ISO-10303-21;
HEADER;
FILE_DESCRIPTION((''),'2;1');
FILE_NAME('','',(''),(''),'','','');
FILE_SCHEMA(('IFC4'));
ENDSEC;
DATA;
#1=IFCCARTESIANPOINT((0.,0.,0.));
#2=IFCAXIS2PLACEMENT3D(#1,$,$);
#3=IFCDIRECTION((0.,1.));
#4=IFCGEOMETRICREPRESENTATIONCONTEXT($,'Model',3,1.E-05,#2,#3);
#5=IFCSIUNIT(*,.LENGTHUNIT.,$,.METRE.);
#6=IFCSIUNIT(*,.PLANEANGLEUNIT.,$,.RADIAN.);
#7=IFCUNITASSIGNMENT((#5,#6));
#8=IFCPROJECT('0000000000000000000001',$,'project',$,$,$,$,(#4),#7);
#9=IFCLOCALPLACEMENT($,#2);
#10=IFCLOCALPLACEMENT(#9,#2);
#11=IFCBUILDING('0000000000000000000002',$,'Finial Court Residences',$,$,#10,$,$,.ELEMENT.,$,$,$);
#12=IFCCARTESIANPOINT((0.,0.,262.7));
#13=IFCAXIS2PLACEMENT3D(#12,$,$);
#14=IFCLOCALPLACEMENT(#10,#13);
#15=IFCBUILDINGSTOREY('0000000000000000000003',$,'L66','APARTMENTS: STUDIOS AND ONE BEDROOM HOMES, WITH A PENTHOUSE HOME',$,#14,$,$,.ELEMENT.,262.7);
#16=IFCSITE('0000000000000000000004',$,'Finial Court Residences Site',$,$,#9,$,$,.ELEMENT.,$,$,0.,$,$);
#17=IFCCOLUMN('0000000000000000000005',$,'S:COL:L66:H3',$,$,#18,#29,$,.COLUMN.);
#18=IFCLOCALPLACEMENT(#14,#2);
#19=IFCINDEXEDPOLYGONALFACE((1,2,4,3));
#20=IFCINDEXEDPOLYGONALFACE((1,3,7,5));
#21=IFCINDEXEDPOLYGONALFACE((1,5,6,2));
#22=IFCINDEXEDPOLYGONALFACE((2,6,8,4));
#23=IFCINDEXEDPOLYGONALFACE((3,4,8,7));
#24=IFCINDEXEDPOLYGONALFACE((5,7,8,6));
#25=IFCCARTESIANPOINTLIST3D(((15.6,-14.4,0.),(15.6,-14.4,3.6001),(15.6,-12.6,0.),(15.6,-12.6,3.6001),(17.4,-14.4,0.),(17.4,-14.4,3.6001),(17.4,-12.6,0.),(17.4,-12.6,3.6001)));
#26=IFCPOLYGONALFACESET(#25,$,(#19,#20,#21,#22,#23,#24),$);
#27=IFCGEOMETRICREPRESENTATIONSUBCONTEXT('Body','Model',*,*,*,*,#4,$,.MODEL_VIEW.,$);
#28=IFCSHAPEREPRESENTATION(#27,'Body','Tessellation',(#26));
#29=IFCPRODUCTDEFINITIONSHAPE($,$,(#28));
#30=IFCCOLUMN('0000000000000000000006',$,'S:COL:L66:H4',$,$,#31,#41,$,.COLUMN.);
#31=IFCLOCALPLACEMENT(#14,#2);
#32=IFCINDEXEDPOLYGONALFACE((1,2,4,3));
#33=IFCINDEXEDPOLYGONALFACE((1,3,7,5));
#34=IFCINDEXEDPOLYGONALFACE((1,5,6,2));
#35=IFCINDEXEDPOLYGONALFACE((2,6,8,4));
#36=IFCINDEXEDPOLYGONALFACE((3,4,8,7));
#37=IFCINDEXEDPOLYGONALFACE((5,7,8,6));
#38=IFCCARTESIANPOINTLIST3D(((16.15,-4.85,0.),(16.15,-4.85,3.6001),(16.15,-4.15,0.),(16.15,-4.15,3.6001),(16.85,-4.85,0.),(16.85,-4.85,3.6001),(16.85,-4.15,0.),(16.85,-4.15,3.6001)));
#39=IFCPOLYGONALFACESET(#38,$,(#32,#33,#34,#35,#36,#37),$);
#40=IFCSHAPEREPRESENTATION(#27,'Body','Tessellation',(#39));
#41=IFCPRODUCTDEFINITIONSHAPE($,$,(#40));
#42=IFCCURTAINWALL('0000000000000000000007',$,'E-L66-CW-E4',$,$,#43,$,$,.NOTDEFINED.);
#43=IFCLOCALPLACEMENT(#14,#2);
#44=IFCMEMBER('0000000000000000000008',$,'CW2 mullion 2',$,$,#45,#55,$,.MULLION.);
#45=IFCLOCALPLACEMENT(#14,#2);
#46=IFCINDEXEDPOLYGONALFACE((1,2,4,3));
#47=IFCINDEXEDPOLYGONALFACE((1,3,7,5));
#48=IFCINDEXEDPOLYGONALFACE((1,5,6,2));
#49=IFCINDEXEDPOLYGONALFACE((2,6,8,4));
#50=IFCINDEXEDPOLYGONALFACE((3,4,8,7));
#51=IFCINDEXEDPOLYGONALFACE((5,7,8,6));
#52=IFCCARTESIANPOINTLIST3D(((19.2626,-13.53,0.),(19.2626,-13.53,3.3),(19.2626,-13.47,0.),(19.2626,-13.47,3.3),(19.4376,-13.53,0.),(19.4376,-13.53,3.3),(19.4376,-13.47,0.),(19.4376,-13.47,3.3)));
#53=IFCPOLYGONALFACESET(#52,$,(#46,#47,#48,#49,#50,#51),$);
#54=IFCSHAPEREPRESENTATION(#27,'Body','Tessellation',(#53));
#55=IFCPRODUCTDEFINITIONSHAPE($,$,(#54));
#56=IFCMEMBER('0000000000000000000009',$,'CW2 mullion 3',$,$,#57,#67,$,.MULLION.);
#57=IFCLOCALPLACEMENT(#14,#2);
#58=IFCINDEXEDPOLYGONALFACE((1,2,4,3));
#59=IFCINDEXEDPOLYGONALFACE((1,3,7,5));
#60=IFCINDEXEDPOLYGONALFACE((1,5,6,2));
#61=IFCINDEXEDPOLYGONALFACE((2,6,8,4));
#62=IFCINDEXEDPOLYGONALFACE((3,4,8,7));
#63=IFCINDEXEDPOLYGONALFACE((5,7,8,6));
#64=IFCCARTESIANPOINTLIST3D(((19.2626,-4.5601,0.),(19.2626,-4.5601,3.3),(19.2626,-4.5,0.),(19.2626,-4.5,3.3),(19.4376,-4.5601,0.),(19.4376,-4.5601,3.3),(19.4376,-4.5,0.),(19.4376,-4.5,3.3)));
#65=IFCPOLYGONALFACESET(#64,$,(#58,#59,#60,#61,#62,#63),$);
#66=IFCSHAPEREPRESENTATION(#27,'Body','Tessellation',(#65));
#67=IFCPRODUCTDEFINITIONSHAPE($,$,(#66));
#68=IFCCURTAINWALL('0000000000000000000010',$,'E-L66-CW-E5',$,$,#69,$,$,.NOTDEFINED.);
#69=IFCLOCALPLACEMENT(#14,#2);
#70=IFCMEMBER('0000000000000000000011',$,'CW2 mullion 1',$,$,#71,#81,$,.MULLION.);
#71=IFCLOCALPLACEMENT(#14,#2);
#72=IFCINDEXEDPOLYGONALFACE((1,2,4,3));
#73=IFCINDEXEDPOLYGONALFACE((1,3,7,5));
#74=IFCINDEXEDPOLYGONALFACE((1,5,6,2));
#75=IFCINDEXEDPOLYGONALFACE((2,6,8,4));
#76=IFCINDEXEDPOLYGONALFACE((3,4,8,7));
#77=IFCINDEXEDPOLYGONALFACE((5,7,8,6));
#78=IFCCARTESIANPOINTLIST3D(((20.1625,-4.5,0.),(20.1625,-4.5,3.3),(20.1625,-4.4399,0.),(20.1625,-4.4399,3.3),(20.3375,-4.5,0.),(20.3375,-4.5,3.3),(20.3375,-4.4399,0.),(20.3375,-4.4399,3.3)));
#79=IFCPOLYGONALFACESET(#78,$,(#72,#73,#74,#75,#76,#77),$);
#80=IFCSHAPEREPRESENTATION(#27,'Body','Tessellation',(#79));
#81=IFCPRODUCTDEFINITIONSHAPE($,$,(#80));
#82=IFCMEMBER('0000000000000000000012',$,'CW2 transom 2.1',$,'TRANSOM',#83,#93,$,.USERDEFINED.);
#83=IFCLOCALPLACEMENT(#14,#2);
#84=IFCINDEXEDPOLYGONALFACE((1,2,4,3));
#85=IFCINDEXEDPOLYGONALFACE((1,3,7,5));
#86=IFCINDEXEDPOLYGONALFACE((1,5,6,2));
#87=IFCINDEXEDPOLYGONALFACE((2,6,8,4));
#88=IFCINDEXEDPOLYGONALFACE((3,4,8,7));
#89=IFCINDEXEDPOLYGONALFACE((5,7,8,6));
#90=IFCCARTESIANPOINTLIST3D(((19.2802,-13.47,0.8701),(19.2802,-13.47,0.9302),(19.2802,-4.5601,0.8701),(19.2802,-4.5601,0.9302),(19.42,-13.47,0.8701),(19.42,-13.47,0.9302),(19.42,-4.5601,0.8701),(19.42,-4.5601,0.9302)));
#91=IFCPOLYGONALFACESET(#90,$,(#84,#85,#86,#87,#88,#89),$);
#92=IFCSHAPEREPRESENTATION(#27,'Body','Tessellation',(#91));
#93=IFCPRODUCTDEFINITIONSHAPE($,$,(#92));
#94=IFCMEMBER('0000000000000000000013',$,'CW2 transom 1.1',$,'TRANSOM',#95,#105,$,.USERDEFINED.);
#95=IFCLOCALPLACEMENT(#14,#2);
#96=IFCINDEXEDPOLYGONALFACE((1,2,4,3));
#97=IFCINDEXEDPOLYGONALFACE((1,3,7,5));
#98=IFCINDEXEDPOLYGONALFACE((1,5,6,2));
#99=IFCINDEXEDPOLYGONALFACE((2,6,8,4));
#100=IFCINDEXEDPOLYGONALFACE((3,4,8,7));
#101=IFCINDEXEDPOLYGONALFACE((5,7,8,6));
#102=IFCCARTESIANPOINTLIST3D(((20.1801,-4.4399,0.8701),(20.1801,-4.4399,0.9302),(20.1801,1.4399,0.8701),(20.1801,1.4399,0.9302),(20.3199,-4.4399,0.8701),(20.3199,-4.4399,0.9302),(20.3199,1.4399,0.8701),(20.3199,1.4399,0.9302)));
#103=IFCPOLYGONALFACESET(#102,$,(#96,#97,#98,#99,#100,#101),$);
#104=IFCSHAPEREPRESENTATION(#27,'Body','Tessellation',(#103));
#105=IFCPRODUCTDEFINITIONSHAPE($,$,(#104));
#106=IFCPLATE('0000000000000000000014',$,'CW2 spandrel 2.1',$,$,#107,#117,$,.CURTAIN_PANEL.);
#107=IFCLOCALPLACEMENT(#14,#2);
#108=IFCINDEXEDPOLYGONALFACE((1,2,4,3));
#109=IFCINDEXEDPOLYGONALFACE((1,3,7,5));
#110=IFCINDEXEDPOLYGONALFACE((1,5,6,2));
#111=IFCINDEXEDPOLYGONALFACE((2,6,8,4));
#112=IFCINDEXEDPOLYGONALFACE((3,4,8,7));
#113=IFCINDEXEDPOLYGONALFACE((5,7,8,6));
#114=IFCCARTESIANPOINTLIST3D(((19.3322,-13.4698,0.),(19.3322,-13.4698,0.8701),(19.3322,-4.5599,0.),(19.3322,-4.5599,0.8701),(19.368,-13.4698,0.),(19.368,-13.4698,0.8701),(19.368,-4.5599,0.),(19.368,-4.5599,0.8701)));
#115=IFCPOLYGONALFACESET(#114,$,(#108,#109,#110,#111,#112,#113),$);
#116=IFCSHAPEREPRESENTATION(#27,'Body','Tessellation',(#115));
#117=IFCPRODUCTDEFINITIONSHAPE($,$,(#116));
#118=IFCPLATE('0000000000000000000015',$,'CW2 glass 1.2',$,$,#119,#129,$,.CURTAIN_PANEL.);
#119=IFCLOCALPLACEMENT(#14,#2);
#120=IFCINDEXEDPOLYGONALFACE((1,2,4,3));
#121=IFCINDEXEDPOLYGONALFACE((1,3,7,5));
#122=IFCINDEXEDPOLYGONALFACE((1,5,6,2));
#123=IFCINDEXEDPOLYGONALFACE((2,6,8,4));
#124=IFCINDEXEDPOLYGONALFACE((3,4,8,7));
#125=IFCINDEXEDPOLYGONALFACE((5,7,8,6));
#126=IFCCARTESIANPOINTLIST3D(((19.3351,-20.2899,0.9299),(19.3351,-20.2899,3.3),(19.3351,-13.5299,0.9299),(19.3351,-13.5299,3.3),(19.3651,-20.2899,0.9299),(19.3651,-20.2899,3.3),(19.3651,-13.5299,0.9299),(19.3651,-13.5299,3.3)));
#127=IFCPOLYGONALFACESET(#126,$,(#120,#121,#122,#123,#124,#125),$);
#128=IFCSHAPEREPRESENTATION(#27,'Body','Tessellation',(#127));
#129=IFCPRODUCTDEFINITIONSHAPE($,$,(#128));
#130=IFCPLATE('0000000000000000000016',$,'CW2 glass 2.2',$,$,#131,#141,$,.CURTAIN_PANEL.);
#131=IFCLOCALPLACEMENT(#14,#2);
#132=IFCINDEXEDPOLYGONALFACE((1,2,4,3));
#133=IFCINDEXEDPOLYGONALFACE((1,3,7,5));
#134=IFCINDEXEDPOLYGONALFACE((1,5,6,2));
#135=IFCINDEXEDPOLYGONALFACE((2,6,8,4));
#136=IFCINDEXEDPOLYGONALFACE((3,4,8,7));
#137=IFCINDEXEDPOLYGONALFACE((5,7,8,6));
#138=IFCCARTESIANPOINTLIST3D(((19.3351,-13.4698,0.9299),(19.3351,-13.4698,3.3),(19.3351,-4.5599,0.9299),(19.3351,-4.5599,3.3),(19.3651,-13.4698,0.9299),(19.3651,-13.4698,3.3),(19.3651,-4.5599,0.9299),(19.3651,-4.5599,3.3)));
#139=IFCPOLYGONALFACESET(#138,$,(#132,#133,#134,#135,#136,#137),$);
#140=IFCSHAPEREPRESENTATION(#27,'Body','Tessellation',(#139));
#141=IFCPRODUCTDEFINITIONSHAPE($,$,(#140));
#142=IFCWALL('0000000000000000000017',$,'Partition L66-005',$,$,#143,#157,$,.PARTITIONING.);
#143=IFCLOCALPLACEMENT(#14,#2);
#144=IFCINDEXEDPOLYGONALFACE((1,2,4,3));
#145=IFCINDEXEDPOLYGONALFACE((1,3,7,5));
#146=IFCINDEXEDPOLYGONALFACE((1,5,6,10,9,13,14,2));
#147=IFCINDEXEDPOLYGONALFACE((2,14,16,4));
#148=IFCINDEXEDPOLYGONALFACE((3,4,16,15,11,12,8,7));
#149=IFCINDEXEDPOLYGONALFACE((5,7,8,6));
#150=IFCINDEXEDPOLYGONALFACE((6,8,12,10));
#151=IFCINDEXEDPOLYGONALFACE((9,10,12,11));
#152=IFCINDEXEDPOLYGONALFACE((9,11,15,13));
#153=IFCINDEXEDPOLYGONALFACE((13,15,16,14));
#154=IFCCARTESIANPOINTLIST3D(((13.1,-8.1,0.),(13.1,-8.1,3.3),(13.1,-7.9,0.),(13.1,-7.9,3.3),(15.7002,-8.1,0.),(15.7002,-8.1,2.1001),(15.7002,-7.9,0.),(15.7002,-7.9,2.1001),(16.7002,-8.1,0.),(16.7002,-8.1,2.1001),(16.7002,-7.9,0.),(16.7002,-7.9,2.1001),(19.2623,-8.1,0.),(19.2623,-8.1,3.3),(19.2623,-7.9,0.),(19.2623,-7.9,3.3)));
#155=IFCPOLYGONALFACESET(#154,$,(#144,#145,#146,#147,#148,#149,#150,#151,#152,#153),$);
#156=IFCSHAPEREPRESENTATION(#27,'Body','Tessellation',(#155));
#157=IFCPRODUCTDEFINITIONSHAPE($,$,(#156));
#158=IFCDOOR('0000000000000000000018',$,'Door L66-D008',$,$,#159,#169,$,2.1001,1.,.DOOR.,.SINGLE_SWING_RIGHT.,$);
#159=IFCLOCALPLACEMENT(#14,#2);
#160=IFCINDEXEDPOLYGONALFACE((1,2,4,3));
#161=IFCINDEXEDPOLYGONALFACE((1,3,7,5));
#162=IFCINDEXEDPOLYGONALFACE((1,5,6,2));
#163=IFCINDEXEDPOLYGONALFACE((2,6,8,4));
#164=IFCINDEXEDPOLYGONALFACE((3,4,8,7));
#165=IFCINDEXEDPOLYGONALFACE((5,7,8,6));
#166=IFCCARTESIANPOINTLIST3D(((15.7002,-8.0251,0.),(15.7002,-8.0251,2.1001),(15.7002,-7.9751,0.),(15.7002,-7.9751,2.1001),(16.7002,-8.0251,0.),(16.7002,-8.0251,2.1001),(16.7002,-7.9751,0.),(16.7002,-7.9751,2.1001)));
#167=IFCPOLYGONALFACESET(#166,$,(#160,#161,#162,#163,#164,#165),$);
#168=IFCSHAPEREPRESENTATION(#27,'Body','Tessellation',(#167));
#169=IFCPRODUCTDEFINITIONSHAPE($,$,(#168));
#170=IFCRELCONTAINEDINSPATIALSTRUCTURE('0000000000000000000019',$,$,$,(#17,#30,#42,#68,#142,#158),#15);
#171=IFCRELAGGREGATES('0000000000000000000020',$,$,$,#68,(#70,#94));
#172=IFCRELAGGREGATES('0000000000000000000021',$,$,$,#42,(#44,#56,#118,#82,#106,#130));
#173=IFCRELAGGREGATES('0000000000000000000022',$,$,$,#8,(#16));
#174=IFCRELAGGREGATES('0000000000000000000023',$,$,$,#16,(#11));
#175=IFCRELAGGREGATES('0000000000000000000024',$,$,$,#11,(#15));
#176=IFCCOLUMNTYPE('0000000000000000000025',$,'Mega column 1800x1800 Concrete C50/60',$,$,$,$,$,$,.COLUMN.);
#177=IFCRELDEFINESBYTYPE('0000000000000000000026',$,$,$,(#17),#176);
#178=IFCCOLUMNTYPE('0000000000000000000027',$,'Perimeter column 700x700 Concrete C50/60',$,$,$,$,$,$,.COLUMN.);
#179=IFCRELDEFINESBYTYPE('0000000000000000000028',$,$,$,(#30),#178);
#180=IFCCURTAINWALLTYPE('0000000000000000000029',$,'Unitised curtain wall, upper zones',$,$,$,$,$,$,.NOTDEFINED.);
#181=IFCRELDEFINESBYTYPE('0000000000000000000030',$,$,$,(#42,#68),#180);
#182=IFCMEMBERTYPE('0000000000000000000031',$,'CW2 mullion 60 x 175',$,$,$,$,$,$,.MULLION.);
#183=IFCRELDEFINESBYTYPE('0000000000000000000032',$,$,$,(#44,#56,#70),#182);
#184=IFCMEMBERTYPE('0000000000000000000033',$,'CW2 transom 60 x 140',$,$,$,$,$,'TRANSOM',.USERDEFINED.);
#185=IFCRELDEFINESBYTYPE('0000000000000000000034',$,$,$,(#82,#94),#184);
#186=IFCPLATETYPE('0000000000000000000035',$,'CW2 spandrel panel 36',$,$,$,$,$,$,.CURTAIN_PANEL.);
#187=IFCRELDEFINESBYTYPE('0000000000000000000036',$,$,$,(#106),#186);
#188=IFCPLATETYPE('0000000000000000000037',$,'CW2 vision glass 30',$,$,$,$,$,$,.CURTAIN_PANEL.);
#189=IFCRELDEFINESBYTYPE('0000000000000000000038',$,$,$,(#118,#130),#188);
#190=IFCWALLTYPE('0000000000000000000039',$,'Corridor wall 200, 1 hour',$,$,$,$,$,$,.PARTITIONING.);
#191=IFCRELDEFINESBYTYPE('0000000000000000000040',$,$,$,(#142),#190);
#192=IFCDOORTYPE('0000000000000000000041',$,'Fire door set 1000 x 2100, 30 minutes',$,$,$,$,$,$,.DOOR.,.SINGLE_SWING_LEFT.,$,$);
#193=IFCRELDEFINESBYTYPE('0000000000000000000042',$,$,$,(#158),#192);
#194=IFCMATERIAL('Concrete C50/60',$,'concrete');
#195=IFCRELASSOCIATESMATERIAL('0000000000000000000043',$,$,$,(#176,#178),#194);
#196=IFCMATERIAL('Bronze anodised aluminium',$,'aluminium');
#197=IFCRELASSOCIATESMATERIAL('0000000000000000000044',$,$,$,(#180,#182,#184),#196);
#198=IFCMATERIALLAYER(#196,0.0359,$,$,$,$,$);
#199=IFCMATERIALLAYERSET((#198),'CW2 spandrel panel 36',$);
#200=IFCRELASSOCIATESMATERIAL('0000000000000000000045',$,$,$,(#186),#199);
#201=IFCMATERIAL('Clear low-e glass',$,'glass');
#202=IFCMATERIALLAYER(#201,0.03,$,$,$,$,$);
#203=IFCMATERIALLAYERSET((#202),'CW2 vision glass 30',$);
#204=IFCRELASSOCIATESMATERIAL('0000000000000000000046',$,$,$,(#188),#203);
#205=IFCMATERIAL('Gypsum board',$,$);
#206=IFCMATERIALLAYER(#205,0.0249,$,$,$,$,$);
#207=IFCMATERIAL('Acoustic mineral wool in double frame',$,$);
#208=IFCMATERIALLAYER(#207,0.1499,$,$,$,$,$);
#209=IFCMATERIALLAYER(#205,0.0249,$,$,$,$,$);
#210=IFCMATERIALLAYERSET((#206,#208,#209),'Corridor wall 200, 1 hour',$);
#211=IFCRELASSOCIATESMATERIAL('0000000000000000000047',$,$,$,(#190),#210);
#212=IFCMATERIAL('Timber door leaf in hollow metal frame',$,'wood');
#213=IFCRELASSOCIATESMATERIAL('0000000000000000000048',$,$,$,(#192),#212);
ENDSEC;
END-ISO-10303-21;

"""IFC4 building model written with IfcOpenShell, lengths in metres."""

from ifc_helpers import new_model, si_unit, direction, frame, frame_2d, origin, origin_2d, place, context, subcontext, project, spatial, rectangle, extrude, material, layer, layer_set, material_profile, profile_set, type_object, element, fill, aggregate, save


model = new_model("IFC4")

# Units and contexts
model_context = context("Model", 3, precision=1e-05, world=origin(), true_north=direction((0.0, 1.0)))
body_context = subcontext(model_context, "Body", "Model", "MODEL_VIEW")
ifc_project = project(units=[si_unit("LENGTHUNIT", "METRE"), si_unit("PLANEANGLEUNIT", "RADIAN")], contexts=[model_context])

# Site, building, storey
site_placement = place(None, origin())
site = spatial("IfcSite", under=ifc_project, at=site_placement, Name="Finial Court Residences Site", CompositionType="ELEMENT", RefElevation=0.0)
building_placement = place(site_placement, origin())
building = spatial("IfcBuilding", under=site, at=building_placement, Name="Finial Court Residences", CompositionType="ELEMENT")
storey_placement = place(building_placement, frame((0.0, 0.0, 262.7)))
storey = spatial("IfcBuildingStorey", under=building, at=storey_placement, Name="L66", Description="APARTMENTS: STUDIOS AND ONE BEDROOM HOMES, WITH A PENTHOUSE HOME", CompositionType="ELEMENT", Elevation=262.7)

# Columns
ifc_material_1 = material(Name="Concrete C50/60", Category="concrete")
ifc_material_profile_1 = material_profile(ifc_material_1, rectangle(XDim=1.8, YDim=1.8, at=origin_2d()), Name="1800x1800")
ifc_profile_set_1 = profile_set([ifc_material_profile_1], Name="Concrete C50/60")
column_type_1 = type_object("IfcColumnType", Name="Mega column 1800x1800 Concrete C50/60", PredefinedType="COLUMN", material=ifc_profile_set_1)
column_1_placement = place(storey_placement, frame((16.5, -13.5, 0.0), z_axis=(0.0, 0.0, 1.0), x_axis=(1.0, 0.0, 0.0)))
element("IfcColumn", 1, at=column_1_placement, inside=storey, type_object=column_type_1, Name="S:COL:L66:H3", PredefinedType="COLUMN", context=body_context, shape_type="SweptSolid", body=[
    extrude(rectangle(XDim=1.8, YDim=1.8, at=origin_2d()), origin(), (0.0, 0.0, 1.0), 3.6001),
])
ifc_material_profile_2 = material_profile(ifc_material_1, rectangle(XDim=0.7, YDim=0.7, at=origin_2d()), Name="700x700")
ifc_profile_set_2 = profile_set([ifc_material_profile_2], Name="Concrete C50/60")
column_type_2 = type_object("IfcColumnType", Name="Perimeter column 700x700 Concrete C50/60", PredefinedType="COLUMN", material=ifc_profile_set_2)
column_2_placement = place(storey_placement, frame((16.5, -4.5, 0.0), z_axis=(0.0, 0.0, 1.0), x_axis=(1.0, 0.0, 0.0)))
element("IfcColumn", 2, at=column_2_placement, inside=storey, type_object=column_type_2, Name="S:COL:L66:H4", PredefinedType="COLUMN", context=body_context, shape_type="SweptSolid", body=[
    extrude(rectangle(XDim=0.7, YDim=0.7, at=origin_2d()), origin(), (0.0, 0.0, 1.0), 3.6001),
])

# Curtain wall, members
ifc_material_2 = material(Name="Bronze anodised aluminium", Category="aluminium")
curtain_wall_type = type_object("IfcCurtainWallType", Name="Unitised curtain wall, upper zones", PredefinedType="NOTDEFINED", material=ifc_material_2)
curtain_wall_1_placement = place(storey_placement, origin())
curtain_wall_1 = element("IfcCurtainWall", 3, at=curtain_wall_1_placement, inside=storey, type_object=curtain_wall_type, Name="E-L66-CW-E4", PredefinedType="NOTDEFINED")
ifc_material_profile_3 = material_profile(ifc_material_2, rectangle(XDim=0.175, YDim=0.0601, at=origin_2d()), Name="CW2 mullion 60 x 175")
ifc_profile_set_3 = profile_set([ifc_material_profile_3], Name="Bronze anodised aluminium")
member_type_1 = type_object("IfcMemberType", Name="CW2 mullion 60 x 175", PredefinedType="MULLION", material=ifc_profile_set_3)
member_1_placement = place(storey_placement, frame((19.3501, -13.5, 0.0), z_axis=(0.0, 0.0, 1.0), x_axis=(-1.0, 0.0, 0.0)))
member_1 = element("IfcMember", 4, at=member_1_placement, type_object=member_type_1, Name="CW2 mullion 2", PredefinedType="MULLION", context=body_context, shape_type="SweptSolid", body=[
    extrude(rectangle(XDim=0.175, YDim=0.0601, at=origin_2d()), origin(), (0.0, 0.0, 1.0), 3.3),
])
member_2_placement = place(storey_placement, frame((19.3501, -4.53, 0.0), z_axis=(0.0, 0.0, 1.0), x_axis=(-1.0, 0.0, 0.0)))
member_2 = element("IfcMember", 5, at=member_2_placement, type_object=member_type_1, Name="CW2 mullion 3", PredefinedType="MULLION", context=body_context, shape_type="SweptSolid", body=[
    extrude(rectangle(XDim=0.175, YDim=0.0601, at=origin_2d()), origin(), (0.0, 0.0, 1.0), 3.3),
])

# Curtain wall, member
curtain_wall_2_placement = place(storey_placement, origin())
curtain_wall_2 = element("IfcCurtainWall", 6, at=curtain_wall_2_placement, inside=storey, type_object=curtain_wall_type, Name="E-L66-CW-E5", PredefinedType="NOTDEFINED")
member_3_placement = place(storey_placement, frame((20.25, -4.47, 0.0), z_axis=(0.0, 0.0, 1.0), x_axis=(-1.0, 0.0, 0.0)))
member_3 = element("IfcMember", 7, at=member_3_placement, type_object=member_type_1, Name="CW2 mullion 1", PredefinedType="MULLION", context=body_context, shape_type="SweptSolid", body=[
    extrude(rectangle(XDim=0.175, YDim=0.0601, at=origin_2d()), origin(), (0.0, 0.0, 1.0), 3.3),
])

# Members
ifc_material_profile_4 = material_profile(ifc_material_2, rectangle(XDim=0.1399, YDim=0.0601, at=origin_2d()), Name="CW2 transom 60 x 140")
ifc_profile_set_4 = profile_set([ifc_material_profile_4], Name="Bronze anodised aluminium")
member_type_2 = type_object("IfcMemberType", Name="CW2 transom 60 x 140", ElementType="TRANSOM", PredefinedType="USERDEFINED", material=ifc_profile_set_4)
member_4_placement = place(storey_placement, frame((19.3501, -13.47, 0.9001), z_axis=(0.0, 1.0, 0.0), x_axis=(-1.0, 0.0, 0.0)))
member_4 = element("IfcMember", 8, at=member_4_placement, type_object=member_type_2, Name="CW2 transom 2.1", ObjectType="TRANSOM", PredefinedType="USERDEFINED", context=body_context, shape_type="SweptSolid", body=[
    extrude(rectangle(XDim=0.1399, YDim=0.0601, at=origin_2d()), origin(), (0.0, 0.0, 1.0), 8.9099),
])
member_5_placement = place(storey_placement, frame((20.25, -4.4399, 0.9001), z_axis=(0.0, 1.0, 0.0), x_axis=(-1.0, 0.0, 0.0)))
member_5 = element("IfcMember", 9, at=member_5_placement, type_object=member_type_2, Name="CW2 transom 1.1", ObjectType="TRANSOM", PredefinedType="USERDEFINED", context=body_context, shape_type="SweptSolid", body=[
    extrude(rectangle(XDim=0.1399, YDim=0.0601, at=origin_2d()), origin(), (0.0, 0.0, 1.0), 5.8799),
])
aggregate(curtain_wall_2, [member_3, member_5])

# Plates
ifc_layer_1 = layer(ifc_material_2, 0.0359)
ifc_layer_set_1 = layer_set([ifc_layer_1], Name="CW2 spandrel panel 36")
plate_type_1 = type_object("IfcPlateType", Name="CW2 spandrel panel 36", PredefinedType="CURTAIN_PANEL", material=ifc_layer_set_1)
plate_1_placement = place(storey_placement, frame((19.3501, -9.0149, 0.0), z_axis=(0.0, 0.0, 1.0), x_axis=(0.0, 1.0, 0.0)))
plate_1 = element("IfcPlate", 10, at=plate_1_placement, type_object=plate_type_1, Name="CW2 spandrel 2.1", PredefinedType="CURTAIN_PANEL", context=body_context, shape_type="SweptSolid", body=[
    extrude(rectangle(XDim=8.9099, YDim=0.0359, at=origin_2d()), origin(), (0.0, 0.0, 1.0), 0.8701),
])
ifc_material_3 = material(Name="Clear low-e glass", Category="glass")
ifc_layer_2 = layer(ifc_material_3, 0.03)
ifc_layer_set_2 = layer_set([ifc_layer_2], Name="CW2 vision glass 30")
plate_type_2 = type_object("IfcPlateType", Name="CW2 vision glass 30", PredefinedType="CURTAIN_PANEL", material=ifc_layer_set_2)
plate_2_placement = place(storey_placement, frame((19.3501, -16.9099, 0.9299), z_axis=(0.0, 0.0, 1.0), x_axis=(0.0, 1.0, 0.0)))
plate_2 = element("IfcPlate", 11, at=plate_2_placement, type_object=plate_type_2, Name="CW2 glass 1.2", PredefinedType="CURTAIN_PANEL", context=body_context, shape_type="SweptSolid", body=[
    extrude(rectangle(XDim=6.76, YDim=0.03, at=origin_2d()), origin(), (0.0, 0.0, 1.0), 2.3701),
])
plate_3_placement = place(storey_placement, frame((19.3501, -9.0149, 0.9299), z_axis=(0.0, 0.0, 1.0), x_axis=(0.0, 1.0, 0.0)))
plate_3 = element("IfcPlate", 12, at=plate_3_placement, type_object=plate_type_2, Name="CW2 glass 2.2", PredefinedType="CURTAIN_PANEL", context=body_context, shape_type="SweptSolid", body=[
    extrude(rectangle(XDim=8.9099, YDim=0.03, at=origin_2d()), origin(), (0.0, 0.0, 1.0), 2.3701),
])
aggregate(curtain_wall_1, [member_1, member_2, plate_2, member_4, plate_1, plate_3])

# Wall, opening, door
ifc_material_4 = material(Name="Gypsum board")
ifc_layer_3 = layer(ifc_material_4, 0.0249)
ifc_material_5 = material(Name="Acoustic mineral wool in double frame")
ifc_layer_4 = layer(ifc_material_5, 0.1499)
ifc_layer_5 = layer(ifc_material_4, 0.0249)
ifc_layer_set_3 = layer_set([ifc_layer_3, ifc_layer_4, ifc_layer_5], Name="Corridor wall 200, 1 hour")
wall_type_1 = type_object("IfcWallType", Name="Corridor wall 200, 1 hour", PredefinedType="PARTITIONING", material=ifc_layer_set_3)
wall_1_placement = place(storey_placement, frame((13.1001, -8.0, 0.0), z_axis=(0.0, 0.0, 1.0), x_axis=(1.0, 0.0, 0.0)))
wall_1 = element("IfcWall", 13, at=wall_1_placement, inside=storey, type_object=wall_type_1, Name="Partition L66-005", PredefinedType="PARTITIONING", context=body_context, shape_type="SweptSolid", body=[
    extrude(rectangle(XDim=6.1624, YDim=0.2, at=frame_2d((3.0811, 0.0))), origin(), (0.0, 0.0, 1.0), 3.3),
])
opening_1_placement = place(wall_1_placement, frame((2.6001, 0.0, 0.0)))
opening_1 = element("IfcOpeningElement", 14, at=opening_1_placement, cuts=wall_1, PredefinedType="OPENING", context=body_context, shape_type="SweptSolid", body=[
    extrude(rectangle(XDim=1.0, YDim=2.1001, at=frame_2d((0.5, 1.05))), frame((0.0, 0.1099, 0.0), z_axis=(0.0, -1.0, 0.0), x_axis=(1.0, 0.0, 0.0)), (0.0, 0.0, 1.0), 0.22),
])
ifc_material_6 = material(Name="Timber door leaf in hollow metal frame", Category="wood")
door_type_1 = type_object("IfcDoorType", Name="Fire door set 1000 x 2100, 30 minutes", OperationType="SINGLE_SWING_LEFT", PredefinedType="DOOR", material=ifc_material_6)
door_1_placement = place(opening_1_placement, origin())
door_1 = element("IfcDoor", 15, at=door_1_placement, inside=storey, type_object=door_type_1, Name="Door L66-D008", OperationType="SINGLE_SWING_RIGHT", OverallHeight=2.1001, OverallWidth=1.0, PredefinedType="DOOR", context=body_context, shape_type="SweptSolid", body=[
    extrude(rectangle(XDim=1.0, YDim=2.1001, at=frame_2d((0.5, 1.05))), frame((0.0, 0.0249, 0.0), z_axis=(0.0, -1.0, 0.0), x_axis=(1.0, 0.0, 0.0)), (0.0, 0.0, 1.0), 0.05),
])
fill(opening_1, door_1)

save(model, "model.ifc")
